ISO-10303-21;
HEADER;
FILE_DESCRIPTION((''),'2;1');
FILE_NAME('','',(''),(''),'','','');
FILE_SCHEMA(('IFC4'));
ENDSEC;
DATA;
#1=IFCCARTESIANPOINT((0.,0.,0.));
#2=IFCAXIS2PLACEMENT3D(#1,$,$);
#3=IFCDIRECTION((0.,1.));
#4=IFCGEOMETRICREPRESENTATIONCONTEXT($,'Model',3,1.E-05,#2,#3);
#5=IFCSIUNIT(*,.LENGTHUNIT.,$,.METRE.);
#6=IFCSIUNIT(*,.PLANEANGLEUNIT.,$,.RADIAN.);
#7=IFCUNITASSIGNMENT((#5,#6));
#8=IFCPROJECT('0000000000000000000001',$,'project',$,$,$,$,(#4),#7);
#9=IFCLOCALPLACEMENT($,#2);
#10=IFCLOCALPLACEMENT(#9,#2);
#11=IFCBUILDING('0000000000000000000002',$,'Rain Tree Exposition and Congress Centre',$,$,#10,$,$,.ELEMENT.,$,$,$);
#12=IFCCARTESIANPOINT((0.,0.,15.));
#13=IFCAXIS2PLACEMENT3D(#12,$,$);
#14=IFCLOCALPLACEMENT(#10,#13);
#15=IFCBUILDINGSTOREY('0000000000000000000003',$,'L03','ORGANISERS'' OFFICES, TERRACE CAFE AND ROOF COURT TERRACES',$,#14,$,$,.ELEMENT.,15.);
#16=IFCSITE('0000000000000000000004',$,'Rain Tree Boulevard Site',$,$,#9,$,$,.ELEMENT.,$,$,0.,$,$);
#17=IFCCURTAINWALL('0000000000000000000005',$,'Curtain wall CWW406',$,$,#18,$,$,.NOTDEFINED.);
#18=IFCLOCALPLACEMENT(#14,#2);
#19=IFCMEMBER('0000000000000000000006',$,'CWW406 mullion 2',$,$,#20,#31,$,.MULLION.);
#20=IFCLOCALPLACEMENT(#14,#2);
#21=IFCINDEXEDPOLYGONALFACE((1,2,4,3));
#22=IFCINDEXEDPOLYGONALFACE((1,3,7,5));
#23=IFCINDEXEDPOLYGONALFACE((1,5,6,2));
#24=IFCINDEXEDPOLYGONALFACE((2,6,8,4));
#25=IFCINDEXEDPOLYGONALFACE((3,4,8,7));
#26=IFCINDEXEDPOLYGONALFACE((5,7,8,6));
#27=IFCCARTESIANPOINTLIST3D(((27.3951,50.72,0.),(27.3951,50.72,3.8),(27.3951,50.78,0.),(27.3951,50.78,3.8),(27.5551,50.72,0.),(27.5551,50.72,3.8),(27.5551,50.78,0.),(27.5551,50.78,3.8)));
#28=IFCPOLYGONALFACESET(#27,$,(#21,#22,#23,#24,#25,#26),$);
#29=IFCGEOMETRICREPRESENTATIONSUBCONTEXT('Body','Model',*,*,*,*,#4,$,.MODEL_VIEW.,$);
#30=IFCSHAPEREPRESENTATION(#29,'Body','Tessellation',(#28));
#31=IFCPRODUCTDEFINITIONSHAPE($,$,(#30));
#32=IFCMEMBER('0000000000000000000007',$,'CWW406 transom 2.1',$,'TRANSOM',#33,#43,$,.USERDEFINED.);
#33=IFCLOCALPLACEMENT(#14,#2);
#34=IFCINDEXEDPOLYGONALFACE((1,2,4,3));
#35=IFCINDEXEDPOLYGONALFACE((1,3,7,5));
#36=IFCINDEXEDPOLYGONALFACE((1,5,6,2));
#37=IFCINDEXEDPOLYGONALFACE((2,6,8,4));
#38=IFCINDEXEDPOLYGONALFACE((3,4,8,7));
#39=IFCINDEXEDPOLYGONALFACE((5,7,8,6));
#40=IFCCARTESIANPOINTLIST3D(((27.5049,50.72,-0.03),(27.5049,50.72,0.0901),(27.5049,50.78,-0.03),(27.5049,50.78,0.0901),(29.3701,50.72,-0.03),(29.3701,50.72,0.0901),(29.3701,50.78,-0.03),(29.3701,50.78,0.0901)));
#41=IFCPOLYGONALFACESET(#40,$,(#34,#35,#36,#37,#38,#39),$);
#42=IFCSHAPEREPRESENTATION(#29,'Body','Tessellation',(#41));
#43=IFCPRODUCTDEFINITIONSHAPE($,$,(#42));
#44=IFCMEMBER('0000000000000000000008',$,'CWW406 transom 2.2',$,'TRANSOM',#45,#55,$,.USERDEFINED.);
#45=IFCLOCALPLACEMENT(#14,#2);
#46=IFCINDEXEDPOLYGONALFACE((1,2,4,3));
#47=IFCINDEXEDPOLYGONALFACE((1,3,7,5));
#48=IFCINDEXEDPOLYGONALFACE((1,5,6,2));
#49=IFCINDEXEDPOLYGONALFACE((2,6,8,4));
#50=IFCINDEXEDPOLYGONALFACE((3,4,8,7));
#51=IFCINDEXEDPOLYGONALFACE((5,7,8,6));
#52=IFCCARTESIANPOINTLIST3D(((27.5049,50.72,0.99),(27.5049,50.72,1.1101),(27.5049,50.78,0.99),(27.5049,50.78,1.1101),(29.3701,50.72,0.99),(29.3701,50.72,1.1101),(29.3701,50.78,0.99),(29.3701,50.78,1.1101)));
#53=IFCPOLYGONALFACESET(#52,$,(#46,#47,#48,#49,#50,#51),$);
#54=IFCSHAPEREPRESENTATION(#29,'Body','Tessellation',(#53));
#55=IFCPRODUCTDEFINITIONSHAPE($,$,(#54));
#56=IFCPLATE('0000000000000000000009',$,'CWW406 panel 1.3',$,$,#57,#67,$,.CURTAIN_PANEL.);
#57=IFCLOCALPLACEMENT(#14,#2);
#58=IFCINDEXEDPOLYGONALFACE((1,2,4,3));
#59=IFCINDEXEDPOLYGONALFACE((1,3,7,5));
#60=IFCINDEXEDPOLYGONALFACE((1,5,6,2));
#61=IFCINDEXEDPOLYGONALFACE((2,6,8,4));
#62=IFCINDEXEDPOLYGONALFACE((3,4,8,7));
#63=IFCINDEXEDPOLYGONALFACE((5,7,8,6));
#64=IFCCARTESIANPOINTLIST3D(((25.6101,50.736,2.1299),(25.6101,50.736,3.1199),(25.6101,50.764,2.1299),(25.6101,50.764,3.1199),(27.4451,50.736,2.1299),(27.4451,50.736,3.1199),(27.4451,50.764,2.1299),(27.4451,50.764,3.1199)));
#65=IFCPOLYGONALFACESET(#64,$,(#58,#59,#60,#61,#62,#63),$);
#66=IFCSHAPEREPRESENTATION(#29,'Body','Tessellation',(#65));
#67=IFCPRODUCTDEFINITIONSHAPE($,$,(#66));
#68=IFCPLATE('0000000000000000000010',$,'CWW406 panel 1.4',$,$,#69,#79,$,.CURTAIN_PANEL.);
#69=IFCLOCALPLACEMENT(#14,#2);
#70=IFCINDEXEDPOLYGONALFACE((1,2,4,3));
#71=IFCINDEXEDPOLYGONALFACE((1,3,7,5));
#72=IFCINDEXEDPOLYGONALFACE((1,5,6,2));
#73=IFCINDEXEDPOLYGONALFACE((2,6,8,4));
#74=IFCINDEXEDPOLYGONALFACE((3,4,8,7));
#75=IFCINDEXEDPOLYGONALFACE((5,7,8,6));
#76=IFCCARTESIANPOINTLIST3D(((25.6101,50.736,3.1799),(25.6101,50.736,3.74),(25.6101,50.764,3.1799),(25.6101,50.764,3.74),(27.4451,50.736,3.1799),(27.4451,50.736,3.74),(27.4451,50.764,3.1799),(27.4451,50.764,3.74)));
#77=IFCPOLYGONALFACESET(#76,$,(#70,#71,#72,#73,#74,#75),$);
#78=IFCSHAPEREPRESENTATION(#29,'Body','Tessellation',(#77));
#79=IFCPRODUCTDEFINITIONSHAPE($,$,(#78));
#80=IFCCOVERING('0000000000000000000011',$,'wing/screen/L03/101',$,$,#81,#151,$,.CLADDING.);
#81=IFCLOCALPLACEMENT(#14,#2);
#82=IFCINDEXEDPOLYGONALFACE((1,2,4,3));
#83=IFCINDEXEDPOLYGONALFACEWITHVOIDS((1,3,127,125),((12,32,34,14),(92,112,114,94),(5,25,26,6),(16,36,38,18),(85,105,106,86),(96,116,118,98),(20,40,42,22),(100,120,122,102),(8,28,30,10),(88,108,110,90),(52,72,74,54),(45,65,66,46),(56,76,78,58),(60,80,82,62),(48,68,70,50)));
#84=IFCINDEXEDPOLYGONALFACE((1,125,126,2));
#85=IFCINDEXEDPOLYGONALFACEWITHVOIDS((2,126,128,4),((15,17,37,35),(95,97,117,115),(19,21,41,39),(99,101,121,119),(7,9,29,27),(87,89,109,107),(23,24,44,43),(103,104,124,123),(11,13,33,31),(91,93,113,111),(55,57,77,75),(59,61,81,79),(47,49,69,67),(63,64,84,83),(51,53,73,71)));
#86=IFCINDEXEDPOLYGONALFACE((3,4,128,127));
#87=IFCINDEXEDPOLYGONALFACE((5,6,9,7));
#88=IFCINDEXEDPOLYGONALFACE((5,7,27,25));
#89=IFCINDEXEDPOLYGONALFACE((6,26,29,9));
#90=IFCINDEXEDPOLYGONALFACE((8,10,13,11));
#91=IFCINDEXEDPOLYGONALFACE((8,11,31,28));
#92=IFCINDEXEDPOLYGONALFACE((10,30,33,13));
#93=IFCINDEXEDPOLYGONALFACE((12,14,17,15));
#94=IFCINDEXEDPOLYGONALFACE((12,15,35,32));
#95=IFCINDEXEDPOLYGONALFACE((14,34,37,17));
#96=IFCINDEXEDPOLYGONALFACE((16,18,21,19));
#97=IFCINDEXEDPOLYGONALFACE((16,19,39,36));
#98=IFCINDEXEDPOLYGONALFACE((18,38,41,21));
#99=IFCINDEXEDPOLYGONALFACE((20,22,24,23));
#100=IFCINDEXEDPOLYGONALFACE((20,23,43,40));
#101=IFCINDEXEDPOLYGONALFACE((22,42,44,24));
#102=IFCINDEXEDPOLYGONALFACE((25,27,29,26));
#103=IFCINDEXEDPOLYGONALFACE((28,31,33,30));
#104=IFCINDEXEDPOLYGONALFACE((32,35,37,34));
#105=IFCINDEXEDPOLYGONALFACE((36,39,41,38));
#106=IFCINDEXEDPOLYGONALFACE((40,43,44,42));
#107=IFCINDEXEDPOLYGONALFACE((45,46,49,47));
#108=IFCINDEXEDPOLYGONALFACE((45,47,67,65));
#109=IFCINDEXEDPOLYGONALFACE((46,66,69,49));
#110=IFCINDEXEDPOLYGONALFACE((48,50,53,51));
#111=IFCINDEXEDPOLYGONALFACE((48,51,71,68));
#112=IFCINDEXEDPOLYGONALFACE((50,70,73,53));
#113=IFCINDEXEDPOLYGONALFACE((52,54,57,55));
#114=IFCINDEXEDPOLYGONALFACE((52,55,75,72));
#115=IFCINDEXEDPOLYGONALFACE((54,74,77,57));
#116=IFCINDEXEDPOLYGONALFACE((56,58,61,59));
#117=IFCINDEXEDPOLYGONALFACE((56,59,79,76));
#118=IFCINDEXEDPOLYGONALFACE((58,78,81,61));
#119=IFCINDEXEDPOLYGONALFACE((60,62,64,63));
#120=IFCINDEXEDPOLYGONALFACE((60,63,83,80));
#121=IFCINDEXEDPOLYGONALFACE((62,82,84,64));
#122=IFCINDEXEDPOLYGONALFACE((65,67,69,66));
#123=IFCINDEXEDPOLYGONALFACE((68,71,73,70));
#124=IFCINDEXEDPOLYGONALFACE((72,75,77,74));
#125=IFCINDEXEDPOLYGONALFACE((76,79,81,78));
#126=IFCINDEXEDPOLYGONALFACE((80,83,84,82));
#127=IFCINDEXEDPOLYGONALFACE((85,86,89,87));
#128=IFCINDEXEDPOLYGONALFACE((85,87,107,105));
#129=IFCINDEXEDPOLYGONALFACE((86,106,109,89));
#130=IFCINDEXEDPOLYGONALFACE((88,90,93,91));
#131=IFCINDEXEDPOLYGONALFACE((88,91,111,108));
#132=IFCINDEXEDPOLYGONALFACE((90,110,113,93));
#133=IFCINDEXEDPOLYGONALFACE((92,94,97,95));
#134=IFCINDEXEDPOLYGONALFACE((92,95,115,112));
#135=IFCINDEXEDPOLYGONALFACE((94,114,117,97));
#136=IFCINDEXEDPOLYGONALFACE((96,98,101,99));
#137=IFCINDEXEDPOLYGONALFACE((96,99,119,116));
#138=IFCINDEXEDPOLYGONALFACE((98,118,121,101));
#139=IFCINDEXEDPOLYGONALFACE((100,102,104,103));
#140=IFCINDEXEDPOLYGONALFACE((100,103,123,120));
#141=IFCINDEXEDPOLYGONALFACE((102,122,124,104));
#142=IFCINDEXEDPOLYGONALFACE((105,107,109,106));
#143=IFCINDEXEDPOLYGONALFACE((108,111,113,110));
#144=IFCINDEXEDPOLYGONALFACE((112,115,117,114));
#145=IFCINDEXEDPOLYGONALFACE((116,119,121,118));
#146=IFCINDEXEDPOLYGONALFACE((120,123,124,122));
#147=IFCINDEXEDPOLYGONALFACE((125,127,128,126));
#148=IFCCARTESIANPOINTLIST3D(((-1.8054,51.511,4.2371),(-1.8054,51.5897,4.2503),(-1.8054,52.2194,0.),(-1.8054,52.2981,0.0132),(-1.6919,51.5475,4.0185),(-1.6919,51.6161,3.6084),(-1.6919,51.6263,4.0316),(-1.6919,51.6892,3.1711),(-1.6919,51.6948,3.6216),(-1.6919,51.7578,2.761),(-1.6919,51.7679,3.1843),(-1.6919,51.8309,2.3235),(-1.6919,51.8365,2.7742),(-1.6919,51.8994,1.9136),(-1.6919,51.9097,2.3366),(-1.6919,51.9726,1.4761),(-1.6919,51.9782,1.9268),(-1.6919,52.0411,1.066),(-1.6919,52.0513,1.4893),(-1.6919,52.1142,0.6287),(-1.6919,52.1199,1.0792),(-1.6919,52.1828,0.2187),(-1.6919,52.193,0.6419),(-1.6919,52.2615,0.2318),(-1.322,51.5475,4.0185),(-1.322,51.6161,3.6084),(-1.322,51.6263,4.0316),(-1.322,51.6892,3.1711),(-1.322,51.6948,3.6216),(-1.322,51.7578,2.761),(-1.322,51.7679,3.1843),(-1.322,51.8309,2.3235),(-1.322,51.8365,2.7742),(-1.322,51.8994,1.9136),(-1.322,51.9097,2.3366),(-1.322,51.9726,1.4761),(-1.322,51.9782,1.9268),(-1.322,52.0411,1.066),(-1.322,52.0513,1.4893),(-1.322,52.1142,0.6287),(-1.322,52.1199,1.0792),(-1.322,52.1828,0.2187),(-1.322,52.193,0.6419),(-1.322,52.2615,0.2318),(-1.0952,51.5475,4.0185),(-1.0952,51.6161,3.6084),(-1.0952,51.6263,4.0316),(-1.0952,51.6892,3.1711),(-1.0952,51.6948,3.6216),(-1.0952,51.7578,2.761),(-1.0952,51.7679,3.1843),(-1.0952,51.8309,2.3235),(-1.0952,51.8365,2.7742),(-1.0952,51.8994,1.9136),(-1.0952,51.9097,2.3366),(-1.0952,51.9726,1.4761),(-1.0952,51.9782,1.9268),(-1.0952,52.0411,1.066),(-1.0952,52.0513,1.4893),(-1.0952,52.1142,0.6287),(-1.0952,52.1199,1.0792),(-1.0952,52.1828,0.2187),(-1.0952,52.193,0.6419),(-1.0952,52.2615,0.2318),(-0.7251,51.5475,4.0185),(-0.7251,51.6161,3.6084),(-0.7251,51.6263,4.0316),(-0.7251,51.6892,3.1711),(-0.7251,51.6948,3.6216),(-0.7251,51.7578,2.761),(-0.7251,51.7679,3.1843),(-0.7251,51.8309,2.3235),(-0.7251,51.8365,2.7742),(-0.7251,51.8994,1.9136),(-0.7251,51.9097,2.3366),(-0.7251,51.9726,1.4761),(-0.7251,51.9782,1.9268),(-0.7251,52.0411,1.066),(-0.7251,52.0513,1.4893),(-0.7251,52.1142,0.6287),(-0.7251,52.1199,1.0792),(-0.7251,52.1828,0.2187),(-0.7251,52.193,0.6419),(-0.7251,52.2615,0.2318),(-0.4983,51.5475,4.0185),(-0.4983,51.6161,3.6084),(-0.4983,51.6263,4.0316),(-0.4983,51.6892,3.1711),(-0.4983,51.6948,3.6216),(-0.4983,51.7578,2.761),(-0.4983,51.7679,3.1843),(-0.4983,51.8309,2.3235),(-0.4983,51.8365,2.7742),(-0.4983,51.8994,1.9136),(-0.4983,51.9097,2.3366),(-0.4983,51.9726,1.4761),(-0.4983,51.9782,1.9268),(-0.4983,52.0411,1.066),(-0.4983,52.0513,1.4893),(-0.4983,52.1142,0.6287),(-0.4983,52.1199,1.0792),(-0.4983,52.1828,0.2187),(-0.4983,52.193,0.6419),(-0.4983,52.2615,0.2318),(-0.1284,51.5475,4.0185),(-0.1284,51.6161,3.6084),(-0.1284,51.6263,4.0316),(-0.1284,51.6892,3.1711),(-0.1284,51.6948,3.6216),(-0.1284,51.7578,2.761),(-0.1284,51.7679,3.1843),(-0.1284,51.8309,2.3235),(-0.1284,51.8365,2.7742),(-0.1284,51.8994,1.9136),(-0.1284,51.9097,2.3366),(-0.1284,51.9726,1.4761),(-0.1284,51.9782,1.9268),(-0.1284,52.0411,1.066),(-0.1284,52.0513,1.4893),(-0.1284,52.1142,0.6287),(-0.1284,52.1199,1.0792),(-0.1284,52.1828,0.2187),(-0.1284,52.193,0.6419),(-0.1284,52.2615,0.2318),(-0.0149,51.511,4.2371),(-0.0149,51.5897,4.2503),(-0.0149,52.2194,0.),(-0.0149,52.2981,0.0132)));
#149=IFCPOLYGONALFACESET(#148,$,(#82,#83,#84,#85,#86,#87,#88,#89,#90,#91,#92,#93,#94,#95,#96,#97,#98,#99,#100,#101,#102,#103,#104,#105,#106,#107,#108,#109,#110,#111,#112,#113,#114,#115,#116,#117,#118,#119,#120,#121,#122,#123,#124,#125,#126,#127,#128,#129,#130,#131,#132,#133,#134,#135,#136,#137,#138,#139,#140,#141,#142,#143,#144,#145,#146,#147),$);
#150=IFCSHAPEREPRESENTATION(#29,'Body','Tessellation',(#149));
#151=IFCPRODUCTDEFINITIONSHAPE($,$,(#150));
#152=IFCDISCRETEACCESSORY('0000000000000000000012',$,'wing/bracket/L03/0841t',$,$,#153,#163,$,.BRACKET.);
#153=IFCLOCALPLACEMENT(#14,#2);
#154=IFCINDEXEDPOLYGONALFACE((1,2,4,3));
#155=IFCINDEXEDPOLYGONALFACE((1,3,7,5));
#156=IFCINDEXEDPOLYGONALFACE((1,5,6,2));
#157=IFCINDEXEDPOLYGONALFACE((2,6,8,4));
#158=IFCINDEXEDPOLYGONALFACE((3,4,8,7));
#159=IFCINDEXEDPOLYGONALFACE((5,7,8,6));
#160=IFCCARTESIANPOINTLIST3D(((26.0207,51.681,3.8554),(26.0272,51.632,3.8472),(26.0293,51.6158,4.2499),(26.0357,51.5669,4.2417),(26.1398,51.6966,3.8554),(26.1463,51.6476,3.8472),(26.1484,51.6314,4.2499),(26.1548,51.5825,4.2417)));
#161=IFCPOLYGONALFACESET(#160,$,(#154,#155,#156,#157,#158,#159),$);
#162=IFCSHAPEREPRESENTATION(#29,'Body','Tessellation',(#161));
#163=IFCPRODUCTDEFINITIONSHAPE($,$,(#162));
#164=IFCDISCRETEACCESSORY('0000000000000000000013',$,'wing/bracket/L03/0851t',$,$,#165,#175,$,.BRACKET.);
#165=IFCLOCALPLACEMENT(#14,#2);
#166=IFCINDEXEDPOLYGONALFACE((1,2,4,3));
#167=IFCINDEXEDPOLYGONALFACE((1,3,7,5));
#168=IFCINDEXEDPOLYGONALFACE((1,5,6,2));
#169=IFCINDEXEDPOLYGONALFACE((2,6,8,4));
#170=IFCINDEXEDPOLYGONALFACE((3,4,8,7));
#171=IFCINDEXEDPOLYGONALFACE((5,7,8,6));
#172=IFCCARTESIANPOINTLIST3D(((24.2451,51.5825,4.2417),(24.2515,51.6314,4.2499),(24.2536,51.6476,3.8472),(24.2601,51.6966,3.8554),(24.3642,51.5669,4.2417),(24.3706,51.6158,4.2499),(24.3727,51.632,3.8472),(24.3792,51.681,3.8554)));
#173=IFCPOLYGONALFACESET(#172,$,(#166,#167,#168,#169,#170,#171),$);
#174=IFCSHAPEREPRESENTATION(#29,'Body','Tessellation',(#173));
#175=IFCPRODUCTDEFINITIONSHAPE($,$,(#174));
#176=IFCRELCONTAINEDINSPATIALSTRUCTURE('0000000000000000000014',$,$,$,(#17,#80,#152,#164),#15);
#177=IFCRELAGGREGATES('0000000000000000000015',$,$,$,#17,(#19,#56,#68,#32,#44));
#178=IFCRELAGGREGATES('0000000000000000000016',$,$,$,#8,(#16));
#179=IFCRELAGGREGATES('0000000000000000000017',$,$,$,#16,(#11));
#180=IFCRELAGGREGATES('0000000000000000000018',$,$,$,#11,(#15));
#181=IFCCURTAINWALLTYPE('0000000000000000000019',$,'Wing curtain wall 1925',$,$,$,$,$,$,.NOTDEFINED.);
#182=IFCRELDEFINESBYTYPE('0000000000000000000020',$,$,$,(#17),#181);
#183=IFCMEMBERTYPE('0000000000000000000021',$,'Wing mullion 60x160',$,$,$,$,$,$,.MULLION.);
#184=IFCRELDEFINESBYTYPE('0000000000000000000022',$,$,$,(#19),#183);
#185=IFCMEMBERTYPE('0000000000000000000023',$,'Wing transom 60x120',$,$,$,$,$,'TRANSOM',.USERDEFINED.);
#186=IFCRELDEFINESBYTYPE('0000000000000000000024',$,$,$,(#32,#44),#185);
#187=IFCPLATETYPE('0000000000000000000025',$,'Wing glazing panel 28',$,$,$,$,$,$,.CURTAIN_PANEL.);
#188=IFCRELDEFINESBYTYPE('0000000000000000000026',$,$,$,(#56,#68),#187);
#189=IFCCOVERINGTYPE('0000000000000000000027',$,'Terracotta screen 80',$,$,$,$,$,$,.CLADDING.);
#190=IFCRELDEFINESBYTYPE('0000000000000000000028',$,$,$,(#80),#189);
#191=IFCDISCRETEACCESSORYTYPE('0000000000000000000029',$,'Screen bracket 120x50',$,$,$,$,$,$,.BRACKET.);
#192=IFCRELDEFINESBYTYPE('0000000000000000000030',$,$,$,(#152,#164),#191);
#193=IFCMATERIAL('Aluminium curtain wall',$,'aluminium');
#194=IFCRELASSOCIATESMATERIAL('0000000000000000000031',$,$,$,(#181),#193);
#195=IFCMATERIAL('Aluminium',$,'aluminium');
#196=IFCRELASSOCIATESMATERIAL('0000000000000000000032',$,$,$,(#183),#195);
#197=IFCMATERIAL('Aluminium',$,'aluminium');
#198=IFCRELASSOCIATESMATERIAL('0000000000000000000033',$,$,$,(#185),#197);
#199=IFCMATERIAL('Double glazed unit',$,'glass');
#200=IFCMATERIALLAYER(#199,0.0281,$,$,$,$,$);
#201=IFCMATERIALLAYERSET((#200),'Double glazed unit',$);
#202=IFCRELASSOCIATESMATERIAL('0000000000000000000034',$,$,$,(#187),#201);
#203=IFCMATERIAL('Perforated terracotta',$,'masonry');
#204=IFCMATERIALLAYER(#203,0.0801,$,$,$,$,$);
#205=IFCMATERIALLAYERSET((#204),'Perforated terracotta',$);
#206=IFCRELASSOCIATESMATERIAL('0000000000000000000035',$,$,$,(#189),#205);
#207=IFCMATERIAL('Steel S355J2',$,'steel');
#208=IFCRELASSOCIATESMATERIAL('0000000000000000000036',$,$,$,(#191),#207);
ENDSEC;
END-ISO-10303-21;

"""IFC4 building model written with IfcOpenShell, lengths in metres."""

from ifc_helpers import new_model, si_unit, direction, frame, origin, origin_2d, place, context, subcontext, project, spatial, polyline, rectangle, outline, extrude, material, layer, layer_set, material_profile, profile_set, type_object, element, aggregate, save


model = new_model("IFC4")

# Units and contexts
model_context = context("Model", 3, precision=1e-05, world=origin(), true_north=direction((0.0, 1.0)))
body_context = subcontext(model_context, "Body", "Model", "MODEL_VIEW")
ifc_project = project(units=[si_unit("LENGTHUNIT", "METRE"), si_unit("PLANEANGLEUNIT", "RADIAN")], contexts=[model_context])

# Site, building, storey
site_placement = place(None, origin())
site = spatial("IfcSite", under=ifc_project, at=site_placement, Name="Rain Tree Boulevard Site", CompositionType="ELEMENT", RefElevation=0.0)
building_placement = place(site_placement, origin())
building = spatial("IfcBuilding", under=site, at=building_placement, Name="Rain Tree Exposition and Congress Centre", CompositionType="ELEMENT")
storey_placement = place(building_placement, frame((0.0, 0.0, 15.0)))
storey = spatial("IfcBuildingStorey", under=building, at=storey_placement, Name="L03", Description="ORGANISERS' OFFICES, TERRACE CAFE AND ROOF COURT TERRACES", CompositionType="ELEMENT", Elevation=15.0)

# Curtain wall, members, plates
ifc_material_1 = material(Name="Aluminium curtain wall", Category="aluminium")
curtain_wall_type = type_object("IfcCurtainWallType", Name="Wing curtain wall 1925", PredefinedType="NOTDEFINED", material=ifc_material_1)
curtain_wall_placement = place(storey_placement, origin())
curtain_wall = element("IfcCurtainWall", 1, at=curtain_wall_placement, inside=storey, type_object=curtain_wall_type, Name="Curtain wall CWW406", PredefinedType="NOTDEFINED")
ifc_material_2 = material(Name="Aluminium", Category="aluminium")
ifc_material_profile_1 = material_profile(ifc_material_2, rectangle(XDim=0.0601, YDim=0.1599, at=origin_2d()), Name="Aluminium 60x160")
ifc_profile_set_1 = profile_set([ifc_material_profile_1], Name="Aluminium")
member_type_1 = type_object("IfcMemberType", Name="Wing mullion 60x160", PredefinedType="MULLION", material=ifc_profile_set_1)
member_1_placement = place(storey_placement, frame((27.4751, 50.75, 0.0), z_axis=(0.0, 0.0, 1.0), x_axis=(0.0, 1.0, 0.0)))
member_1 = element("IfcMember", 2, at=member_1_placement, type_object=member_type_1, Name="CWW406 mullion 2", PredefinedType="MULLION", context=body_context, shape_type="SweptSolid", body=[
    extrude(rectangle(XDim=0.0601, YDim=0.1599, at=origin_2d()), origin(), (0.0, 0.0, 1.0), 3.8),
])
ifc_material_3 = material(Name="Aluminium", Category="aluminium")
ifc_material_profile_2 = material_profile(ifc_material_3, rectangle(XDim=0.0601, YDim=0.1201, at=origin_2d()), Name="Aluminium 60x120")
ifc_profile_set_2 = profile_set([ifc_material_profile_2], Name="Aluminium")
member_type_2 = type_object("IfcMemberType", Name="Wing transom 60x120", ElementType="TRANSOM", PredefinedType="USERDEFINED", material=ifc_profile_set_2)
member_2_placement = place(storey_placement, frame((27.5049, 50.75, 0.03), z_axis=(1.0, 0.0, 0.0), x_axis=(0.0, 1.0, 0.0)))
member_2 = element("IfcMember", 3, at=member_2_placement, type_object=member_type_2, Name="CWW406 transom 2.1", ObjectType="TRANSOM", PredefinedType="USERDEFINED", context=body_context, shape_type="SweptSolid", body=[
    extrude(rectangle(XDim=0.0601, YDim=0.1201, at=origin_2d()), origin(), (0.0, 0.0, 1.0), 1.8652),
])
member_3_placement = place(storey_placement, frame((27.5049, 50.75, 1.05), z_axis=(1.0, 0.0, 0.0), x_axis=(0.0, 1.0, 0.0)))
member_3 = element("IfcMember", 4, at=member_3_placement, type_object=member_type_2, Name="CWW406 transom 2.2", ObjectType="TRANSOM", PredefinedType="USERDEFINED", context=body_context, shape_type="SweptSolid", body=[
    extrude(rectangle(XDim=0.0601, YDim=0.1201, at=origin_2d()), origin(), (0.0, 0.0, 1.0), 1.8652),
])
ifc_material_4 = material(Name="Double glazed unit", Category="glass")
ifc_layer_1 = layer(ifc_material_4, 0.0281)
ifc_layer_set_1 = layer_set([ifc_layer_1], Name="Double glazed unit")
plate_type = type_object("IfcPlateType", Name="Wing glazing panel 28", PredefinedType="CURTAIN_PANEL", material=ifc_layer_set_1)
plate_1_placement = place(storey_placement, frame((26.5276, 50.75, 2.1299), z_axis=(0.0, 0.0, 1.0), x_axis=(1.0, 0.0, 0.0)))
plate_1 = element("IfcPlate", 5, at=plate_1_placement, type_object=plate_type, Name="CWW406 panel 1.3", PredefinedType="CURTAIN_PANEL", context=body_context, shape_type="SweptSolid", body=[
    extrude(rectangle(XDim=1.835, YDim=0.0281, at=origin_2d()), origin(), (0.0, 0.0, 1.0), 0.99),
])
plate_2_placement = place(storey_placement, frame((26.5276, 50.75, 3.1799), z_axis=(0.0, 0.0, 1.0), x_axis=(1.0, 0.0, 0.0)))
plate_2 = element("IfcPlate", 6, at=plate_2_placement, type_object=plate_type, Name="CWW406 panel 1.4", PredefinedType="CURTAIN_PANEL", context=body_context, shape_type="SweptSolid", body=[
    extrude(rectangle(XDim=1.835, YDim=0.0281, at=origin_2d()), origin(), (0.0, 0.0, 1.0), 0.5601),
])
aggregate(curtain_wall, [member_1, plate_1, plate_2, member_2, member_3])

# Covering
ifc_material_5 = material(Name="Perforated terracotta", Category="masonry")
ifc_layer_2 = layer(ifc_material_5, 0.0801)
ifc_layer_set_2 = layer_set([ifc_layer_2], Name="Perforated terracotta")
covering_type = type_object("IfcCoveringType", Name="Terracotta screen 80", PredefinedType="CLADDING", material=ifc_layer_set_2)
covering_1_placement = place(storey_placement, frame((0.0, 52.2981, 0.0132), z_axis=(0.0, -0.986311, -0.164894), x_axis=(1.0, 0.0, 0.0)))
element("IfcCovering", 7, at=covering_1_placement, inside=storey, type_object=covering_type, Name="wing/screen/L03/101", PredefinedType="CLADDING", context=body_context, shape_type="SweptSolid", body=[
    extrude(outline(polyline([(-1.8054, 0.0), (-1.8054, 4.2959), (-0.0149, 4.2959), (-0.0149, 0.0), (-1.8054, 0.0)]), holes=[polyline([(-0.1284, 0.2217), (-0.1284, 0.6375), (-0.4983, 0.6375), (-0.4983, 0.2217), (-0.1284, 0.2217)]), polyline([(-0.1284, 1.0808), (-0.1284, 1.4966), (-0.4983, 1.4966), (-0.4983, 1.0808), (-0.1284, 1.0808)]), polyline([(-0.1284, 1.9402), (-0.1284, 2.3557), (-0.4983, 2.3557), (-0.4983, 1.9402), (-0.1284, 1.9402)]), polyline([(-0.1284, 2.7993), (-0.1284, 3.2151), (-0.4983, 3.2151), (-0.4983, 2.7993), (-0.1284, 2.7993)]), polyline([(-0.1284, 3.6584), (-0.1284, 4.0742), (-0.4983, 4.0742), (-0.4983, 3.6584), (-0.1284, 3.6584)]), polyline([(-0.7251, 0.2217), (-0.7251, 0.6375), (-1.0952, 0.6375), (-1.0952, 0.2217), (-0.7251, 0.2217)]), polyline([(-0.7251, 1.0808), (-0.7251, 1.4966), (-1.0952, 1.4966), (-1.0952, 1.0808), (-0.7251, 1.0808)]), polyline([(-0.7251, 1.9402), (-0.7251, 2.3557), (-1.0952, 2.3557), (-1.0952, 1.9402), (-0.7251, 1.9402)]), polyline([(-0.7251, 2.7993), (-0.7251, 3.2151), (-1.0952, 3.2151), (-1.0952, 2.7993), (-0.7251, 2.7993)]), polyline([(-0.7251, 3.6584), (-0.7251, 4.0742), (-1.0952, 4.0742), (-1.0952, 3.6584), (-0.7251, 3.6584)]), polyline([(-1.322, 0.2217), (-1.322, 0.6375), (-1.6919, 0.6375), (-1.6919, 0.2217), (-1.322, 0.2217)]), polyline([(-1.322, 1.0808), (-1.322, 1.4966), (-1.6919, 1.4966), (-1.6919, 1.0808), (-1.322, 1.0808)]), polyline([(-1.322, 1.9402), (-1.322, 2.3557), (-1.6919, 2.3557), (-1.6919, 1.9402), (-1.322, 1.9402)]), polyline([(-1.322, 2.7993), (-1.322, 3.2151), (-1.6919, 3.2151), (-1.6919, 2.7993), (-1.322, 2.7993)]), polyline([(-1.322, 3.6584), (-1.322, 4.0742), (-1.6919, 4.0742), (-1.6919, 3.6584), (-1.322, 3.6584)])]), origin(), (0.0, 0.0, 1.0), 0.0798),
])

# Discrete accessories
ifc_material_6 = material(Name="Steel S355J2", Category="steel")
ifc_material_profile_3 = material_profile(ifc_material_6, rectangle(XDim=0.1201, YDim=0.05, at=origin_2d()), Name="Flat bar 120x50")
ifc_profile_set_3 = profile_set([ifc_material_profile_3], Name="Steel S355J2")
discrete_accessory_type = type_object("IfcDiscreteAccessoryType", Name="Screen bracket 120x50", PredefinedType="BRACKET", material=ifc_profile_set_3)
for number, where, z_axis, x_axis, name in (
    (8, (26.0835, 51.6643, 3.8513), (0.021364, -0.162976, 0.986399), (0.991517, 0.129974, 0.0), "wing/bracket/L03/0841t"),
    (9, (24.3164, 51.6643, 3.8513), (-0.021364, -0.162976, 0.986399), (0.991517, -0.129974, 0.0), "wing/bracket/L03/0851t"),
):
    element("IfcDiscreteAccessory", number, at=place(storey_placement, frame(where, z_axis=z_axis, x_axis=x_axis)), inside=storey, type_object=discrete_accessory_type, Name=name, PredefinedType="BRACKET", context=body_context, shape_type="SweptSolid", body=[
        extrude(rectangle(XDim=0.1201, YDim=0.05, at=origin_2d()), origin(), (0.0, 0.0, 1.0), 0.3999),
    ])

save(model, "model.ifc")
